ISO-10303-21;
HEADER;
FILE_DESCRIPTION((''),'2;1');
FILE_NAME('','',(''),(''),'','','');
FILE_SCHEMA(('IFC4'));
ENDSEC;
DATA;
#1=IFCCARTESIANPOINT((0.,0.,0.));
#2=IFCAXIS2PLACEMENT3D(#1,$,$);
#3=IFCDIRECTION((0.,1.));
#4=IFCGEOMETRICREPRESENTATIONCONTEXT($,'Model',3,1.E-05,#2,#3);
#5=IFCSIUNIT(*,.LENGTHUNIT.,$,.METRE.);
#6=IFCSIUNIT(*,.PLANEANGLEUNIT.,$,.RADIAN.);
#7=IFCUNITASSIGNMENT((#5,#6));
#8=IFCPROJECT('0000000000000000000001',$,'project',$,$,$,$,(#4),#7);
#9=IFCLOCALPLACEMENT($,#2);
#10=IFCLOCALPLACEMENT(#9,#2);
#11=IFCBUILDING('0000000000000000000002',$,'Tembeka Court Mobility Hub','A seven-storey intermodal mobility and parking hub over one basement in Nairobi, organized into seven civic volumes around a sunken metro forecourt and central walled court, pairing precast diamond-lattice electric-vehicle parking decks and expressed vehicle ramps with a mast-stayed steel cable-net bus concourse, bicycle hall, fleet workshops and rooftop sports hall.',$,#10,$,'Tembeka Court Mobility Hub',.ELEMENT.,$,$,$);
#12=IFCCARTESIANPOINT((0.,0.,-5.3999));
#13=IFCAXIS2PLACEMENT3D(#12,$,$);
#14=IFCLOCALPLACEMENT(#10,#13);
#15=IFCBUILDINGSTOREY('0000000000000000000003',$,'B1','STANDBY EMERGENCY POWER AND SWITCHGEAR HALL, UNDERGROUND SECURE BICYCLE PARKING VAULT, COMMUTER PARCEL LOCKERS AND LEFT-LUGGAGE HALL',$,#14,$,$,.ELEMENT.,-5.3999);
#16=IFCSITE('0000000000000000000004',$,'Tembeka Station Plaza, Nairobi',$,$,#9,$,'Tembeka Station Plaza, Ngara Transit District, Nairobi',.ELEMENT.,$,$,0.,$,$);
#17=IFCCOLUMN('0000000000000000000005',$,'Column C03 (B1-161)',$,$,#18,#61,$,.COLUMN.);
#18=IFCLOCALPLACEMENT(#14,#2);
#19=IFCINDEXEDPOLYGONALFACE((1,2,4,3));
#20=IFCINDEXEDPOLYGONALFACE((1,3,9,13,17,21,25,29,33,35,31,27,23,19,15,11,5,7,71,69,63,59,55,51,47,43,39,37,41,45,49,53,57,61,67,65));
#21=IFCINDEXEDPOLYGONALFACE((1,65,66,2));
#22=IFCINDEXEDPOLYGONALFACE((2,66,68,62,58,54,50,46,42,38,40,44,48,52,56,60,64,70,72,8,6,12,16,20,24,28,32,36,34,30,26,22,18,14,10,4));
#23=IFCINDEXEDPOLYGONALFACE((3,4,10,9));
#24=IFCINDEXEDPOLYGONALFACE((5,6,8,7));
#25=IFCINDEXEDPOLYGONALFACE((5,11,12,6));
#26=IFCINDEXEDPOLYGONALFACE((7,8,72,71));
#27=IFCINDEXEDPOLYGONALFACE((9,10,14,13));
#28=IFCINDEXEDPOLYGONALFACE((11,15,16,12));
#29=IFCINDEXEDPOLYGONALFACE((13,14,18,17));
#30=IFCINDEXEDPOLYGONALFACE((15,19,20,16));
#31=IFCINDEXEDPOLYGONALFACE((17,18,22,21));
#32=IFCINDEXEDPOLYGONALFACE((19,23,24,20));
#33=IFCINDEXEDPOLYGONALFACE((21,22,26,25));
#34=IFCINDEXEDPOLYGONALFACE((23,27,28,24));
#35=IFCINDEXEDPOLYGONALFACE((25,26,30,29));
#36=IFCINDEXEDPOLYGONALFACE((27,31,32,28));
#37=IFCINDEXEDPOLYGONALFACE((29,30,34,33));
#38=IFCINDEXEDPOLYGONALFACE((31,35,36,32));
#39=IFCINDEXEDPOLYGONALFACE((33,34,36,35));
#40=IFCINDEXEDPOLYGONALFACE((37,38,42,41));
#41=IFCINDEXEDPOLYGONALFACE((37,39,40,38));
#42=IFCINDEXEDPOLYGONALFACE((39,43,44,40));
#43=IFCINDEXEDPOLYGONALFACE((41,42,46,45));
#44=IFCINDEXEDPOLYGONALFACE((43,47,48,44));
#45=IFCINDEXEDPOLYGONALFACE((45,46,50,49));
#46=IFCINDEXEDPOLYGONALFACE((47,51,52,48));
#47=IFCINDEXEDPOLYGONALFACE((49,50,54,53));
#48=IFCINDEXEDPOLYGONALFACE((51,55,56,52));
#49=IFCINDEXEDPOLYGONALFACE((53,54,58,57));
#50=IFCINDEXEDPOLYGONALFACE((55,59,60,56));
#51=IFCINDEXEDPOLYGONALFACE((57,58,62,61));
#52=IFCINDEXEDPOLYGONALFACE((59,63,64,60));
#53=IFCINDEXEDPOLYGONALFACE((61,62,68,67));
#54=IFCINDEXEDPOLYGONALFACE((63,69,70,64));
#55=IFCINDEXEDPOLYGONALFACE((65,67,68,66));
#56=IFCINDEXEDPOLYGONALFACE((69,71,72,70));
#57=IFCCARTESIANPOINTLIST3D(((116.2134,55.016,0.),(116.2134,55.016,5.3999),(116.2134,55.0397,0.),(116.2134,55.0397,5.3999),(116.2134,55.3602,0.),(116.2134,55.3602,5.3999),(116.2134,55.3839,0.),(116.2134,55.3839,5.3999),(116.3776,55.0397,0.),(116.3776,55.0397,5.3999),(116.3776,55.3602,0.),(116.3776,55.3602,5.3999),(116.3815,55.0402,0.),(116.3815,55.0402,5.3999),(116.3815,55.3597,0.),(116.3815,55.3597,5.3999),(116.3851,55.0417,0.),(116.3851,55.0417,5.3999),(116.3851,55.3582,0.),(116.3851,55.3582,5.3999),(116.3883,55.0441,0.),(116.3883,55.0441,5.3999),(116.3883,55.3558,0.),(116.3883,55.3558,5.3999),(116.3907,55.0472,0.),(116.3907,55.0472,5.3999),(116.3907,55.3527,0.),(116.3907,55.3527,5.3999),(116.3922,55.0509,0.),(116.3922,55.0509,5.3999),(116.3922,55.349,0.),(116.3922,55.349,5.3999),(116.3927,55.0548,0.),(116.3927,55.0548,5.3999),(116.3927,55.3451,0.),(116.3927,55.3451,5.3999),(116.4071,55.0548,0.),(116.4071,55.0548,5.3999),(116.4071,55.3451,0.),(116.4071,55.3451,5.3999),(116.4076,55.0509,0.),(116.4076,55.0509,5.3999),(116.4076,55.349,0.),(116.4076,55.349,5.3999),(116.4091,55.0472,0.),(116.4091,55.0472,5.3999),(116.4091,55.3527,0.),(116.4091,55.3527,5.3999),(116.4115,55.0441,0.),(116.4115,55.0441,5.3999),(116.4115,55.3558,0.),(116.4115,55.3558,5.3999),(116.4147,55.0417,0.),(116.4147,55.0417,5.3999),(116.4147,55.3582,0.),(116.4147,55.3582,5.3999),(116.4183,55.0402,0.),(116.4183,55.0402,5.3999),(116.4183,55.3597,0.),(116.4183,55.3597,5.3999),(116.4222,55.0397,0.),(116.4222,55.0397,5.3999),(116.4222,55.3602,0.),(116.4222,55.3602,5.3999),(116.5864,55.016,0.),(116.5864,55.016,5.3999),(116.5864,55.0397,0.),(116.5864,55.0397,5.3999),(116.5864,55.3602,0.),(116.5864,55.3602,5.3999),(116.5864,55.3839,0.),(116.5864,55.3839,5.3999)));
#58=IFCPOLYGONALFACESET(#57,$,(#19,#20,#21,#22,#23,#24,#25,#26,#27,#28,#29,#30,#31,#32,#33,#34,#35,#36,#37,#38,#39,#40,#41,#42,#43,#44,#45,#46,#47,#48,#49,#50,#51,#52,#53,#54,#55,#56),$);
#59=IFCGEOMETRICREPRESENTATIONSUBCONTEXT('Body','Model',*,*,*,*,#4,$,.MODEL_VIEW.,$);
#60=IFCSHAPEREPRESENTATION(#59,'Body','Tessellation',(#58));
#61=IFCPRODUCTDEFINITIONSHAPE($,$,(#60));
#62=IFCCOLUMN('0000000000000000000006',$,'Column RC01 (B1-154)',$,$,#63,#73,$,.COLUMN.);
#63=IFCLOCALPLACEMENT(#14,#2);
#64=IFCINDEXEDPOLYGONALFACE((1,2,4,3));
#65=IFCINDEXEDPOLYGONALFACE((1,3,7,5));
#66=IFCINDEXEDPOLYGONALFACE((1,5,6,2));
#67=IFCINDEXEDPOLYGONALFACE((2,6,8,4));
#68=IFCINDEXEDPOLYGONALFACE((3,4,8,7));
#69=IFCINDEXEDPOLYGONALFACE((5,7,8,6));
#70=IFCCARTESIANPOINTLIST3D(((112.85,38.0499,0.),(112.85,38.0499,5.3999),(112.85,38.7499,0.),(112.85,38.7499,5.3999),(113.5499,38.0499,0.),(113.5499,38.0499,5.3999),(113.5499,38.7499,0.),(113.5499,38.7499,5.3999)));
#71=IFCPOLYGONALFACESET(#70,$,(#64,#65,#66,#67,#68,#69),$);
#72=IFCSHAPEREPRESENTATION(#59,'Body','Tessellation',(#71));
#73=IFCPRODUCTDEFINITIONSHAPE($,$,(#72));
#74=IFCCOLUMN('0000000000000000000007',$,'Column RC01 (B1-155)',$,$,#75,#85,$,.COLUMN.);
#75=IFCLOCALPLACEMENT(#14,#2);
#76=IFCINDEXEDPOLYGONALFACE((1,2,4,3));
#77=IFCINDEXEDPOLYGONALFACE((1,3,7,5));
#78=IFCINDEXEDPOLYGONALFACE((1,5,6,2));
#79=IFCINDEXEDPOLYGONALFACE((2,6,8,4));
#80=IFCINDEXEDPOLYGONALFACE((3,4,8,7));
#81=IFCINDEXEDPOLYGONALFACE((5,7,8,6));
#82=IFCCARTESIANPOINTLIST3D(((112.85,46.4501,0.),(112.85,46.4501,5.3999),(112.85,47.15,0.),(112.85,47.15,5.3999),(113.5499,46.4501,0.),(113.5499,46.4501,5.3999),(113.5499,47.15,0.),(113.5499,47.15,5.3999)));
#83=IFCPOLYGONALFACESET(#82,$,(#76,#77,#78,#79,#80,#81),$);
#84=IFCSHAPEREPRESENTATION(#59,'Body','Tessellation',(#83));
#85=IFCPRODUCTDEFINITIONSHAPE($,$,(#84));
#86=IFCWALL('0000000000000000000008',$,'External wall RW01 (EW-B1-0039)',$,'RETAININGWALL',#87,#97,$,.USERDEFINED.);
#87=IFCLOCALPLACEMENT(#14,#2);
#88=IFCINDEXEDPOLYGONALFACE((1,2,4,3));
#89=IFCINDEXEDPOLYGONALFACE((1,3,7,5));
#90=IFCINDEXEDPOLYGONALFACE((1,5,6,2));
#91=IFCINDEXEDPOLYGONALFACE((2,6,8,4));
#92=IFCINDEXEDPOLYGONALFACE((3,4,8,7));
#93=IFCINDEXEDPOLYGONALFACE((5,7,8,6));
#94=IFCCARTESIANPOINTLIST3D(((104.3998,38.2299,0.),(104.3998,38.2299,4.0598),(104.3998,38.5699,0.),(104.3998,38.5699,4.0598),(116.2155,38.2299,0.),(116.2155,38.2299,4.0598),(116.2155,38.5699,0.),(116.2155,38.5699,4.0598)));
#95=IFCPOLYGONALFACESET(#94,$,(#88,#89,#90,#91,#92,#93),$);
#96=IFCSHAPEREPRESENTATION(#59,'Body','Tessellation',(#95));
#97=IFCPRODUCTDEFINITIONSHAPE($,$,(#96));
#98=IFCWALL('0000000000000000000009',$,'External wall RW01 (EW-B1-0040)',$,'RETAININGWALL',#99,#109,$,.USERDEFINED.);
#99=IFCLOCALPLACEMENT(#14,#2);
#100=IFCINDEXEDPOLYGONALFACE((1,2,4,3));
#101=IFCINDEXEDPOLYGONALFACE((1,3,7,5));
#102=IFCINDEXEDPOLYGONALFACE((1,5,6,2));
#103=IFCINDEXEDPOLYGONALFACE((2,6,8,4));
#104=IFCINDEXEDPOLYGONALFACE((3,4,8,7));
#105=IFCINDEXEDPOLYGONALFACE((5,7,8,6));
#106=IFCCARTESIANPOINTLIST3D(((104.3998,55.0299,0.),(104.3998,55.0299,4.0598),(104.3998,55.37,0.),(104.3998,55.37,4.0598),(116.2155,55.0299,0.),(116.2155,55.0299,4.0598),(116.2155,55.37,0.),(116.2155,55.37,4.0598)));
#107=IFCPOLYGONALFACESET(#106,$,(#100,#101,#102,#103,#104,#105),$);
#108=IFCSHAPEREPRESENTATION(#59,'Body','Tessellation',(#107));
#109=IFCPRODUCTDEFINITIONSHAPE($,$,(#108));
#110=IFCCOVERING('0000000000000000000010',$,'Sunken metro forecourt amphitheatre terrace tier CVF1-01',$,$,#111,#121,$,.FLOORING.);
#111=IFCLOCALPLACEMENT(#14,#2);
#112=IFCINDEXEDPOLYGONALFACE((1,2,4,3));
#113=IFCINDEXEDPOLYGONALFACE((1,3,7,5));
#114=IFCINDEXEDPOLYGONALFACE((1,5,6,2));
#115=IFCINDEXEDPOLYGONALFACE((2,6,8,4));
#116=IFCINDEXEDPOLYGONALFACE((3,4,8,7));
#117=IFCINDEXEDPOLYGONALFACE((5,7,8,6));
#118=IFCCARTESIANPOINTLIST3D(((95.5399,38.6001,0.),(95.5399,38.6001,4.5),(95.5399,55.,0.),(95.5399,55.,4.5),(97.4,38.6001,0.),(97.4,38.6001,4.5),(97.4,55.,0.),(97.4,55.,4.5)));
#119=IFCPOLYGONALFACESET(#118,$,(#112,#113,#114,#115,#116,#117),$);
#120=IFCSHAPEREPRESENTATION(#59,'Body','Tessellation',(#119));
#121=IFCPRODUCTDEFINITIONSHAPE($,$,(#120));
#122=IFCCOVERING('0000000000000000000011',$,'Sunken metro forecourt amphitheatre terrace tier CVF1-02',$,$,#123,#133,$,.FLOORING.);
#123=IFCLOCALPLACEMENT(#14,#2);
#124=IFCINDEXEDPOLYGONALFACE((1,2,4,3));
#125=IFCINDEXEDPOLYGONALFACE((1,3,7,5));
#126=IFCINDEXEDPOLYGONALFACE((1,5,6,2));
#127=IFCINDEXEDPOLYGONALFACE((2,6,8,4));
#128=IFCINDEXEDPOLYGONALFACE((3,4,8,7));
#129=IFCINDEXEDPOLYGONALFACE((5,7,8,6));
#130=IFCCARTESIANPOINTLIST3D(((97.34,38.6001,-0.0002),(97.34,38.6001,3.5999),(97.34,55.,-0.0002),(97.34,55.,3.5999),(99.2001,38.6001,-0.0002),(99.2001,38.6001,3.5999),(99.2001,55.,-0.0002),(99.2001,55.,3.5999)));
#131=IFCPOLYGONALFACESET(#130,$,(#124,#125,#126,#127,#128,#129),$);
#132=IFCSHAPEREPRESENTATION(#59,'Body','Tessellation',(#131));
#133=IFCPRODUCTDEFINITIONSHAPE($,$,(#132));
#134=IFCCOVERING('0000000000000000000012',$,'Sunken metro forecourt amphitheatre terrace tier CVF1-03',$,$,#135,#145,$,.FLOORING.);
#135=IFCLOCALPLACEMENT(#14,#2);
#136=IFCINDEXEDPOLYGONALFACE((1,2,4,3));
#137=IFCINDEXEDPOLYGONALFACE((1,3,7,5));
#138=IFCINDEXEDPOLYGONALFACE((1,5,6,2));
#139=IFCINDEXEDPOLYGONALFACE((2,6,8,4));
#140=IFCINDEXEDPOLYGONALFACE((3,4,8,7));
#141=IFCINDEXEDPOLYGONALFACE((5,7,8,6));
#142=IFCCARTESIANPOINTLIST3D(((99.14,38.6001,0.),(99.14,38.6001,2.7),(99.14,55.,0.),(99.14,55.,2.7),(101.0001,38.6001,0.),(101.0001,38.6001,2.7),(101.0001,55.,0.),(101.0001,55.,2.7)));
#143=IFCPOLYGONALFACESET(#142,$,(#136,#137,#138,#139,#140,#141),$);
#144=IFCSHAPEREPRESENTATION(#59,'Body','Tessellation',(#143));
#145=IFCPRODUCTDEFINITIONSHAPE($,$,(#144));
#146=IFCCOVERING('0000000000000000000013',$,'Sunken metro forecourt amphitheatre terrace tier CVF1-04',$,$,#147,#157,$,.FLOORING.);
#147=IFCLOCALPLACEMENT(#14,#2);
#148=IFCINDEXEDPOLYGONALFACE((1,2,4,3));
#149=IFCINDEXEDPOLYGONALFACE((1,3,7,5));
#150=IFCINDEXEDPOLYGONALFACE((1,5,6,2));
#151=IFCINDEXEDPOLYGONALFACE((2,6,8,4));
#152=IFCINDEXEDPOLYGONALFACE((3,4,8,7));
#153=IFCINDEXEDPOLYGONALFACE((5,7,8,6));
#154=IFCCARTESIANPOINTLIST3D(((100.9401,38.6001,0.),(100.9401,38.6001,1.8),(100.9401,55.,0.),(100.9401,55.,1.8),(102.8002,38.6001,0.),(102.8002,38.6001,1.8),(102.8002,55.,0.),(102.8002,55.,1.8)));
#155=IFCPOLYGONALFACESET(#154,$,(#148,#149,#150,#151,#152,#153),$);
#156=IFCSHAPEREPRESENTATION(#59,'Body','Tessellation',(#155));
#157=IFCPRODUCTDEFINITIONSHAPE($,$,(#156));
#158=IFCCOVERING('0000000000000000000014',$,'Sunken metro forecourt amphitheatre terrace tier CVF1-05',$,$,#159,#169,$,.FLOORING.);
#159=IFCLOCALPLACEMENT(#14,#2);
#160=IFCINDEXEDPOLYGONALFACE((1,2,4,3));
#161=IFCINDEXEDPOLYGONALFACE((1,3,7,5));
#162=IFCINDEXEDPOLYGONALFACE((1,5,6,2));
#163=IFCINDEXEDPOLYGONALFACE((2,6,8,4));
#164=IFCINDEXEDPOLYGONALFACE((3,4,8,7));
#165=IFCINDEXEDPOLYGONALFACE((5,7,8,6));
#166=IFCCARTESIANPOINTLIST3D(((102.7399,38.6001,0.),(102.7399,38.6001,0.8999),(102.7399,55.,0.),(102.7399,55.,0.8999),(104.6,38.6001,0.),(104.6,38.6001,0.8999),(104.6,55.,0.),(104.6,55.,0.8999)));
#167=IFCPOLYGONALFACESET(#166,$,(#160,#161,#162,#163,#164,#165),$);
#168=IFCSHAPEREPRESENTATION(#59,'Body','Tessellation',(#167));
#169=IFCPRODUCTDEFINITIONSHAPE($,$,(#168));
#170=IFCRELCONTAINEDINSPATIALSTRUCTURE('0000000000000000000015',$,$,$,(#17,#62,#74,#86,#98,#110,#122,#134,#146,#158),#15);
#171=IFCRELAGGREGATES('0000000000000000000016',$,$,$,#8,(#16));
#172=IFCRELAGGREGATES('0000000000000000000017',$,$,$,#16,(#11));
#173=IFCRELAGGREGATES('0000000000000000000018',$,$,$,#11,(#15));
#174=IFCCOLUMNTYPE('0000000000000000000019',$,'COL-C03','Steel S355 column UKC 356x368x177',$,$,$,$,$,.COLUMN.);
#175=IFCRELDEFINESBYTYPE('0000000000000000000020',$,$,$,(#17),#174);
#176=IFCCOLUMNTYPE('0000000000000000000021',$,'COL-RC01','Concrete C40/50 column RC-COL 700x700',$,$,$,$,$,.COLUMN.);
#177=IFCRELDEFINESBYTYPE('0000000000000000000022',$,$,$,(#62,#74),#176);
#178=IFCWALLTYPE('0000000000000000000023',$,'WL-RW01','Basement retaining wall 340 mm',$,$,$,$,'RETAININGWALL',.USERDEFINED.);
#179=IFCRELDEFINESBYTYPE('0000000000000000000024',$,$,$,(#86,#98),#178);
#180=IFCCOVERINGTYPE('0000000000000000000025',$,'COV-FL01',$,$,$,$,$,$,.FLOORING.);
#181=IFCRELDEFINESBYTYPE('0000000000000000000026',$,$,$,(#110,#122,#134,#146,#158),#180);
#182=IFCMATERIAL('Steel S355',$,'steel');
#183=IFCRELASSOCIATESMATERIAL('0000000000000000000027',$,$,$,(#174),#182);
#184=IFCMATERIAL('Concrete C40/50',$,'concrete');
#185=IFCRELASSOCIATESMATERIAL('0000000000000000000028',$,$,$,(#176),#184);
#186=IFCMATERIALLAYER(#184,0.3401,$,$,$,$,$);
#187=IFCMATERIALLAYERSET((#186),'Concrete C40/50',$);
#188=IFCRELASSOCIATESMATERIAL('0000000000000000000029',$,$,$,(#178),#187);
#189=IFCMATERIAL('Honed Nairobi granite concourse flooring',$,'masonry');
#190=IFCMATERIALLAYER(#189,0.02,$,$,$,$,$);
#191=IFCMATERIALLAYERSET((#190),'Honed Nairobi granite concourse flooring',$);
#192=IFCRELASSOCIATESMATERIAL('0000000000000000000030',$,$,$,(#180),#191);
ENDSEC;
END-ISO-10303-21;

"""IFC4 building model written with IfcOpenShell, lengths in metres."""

from ifc_helpers import new_model, si_unit, direction, frame, frame_2d, origin, origin_2d, place, context, subcontext, project, spatial, rectangle, i_section, extrude, material, layer, layer_set, material_profile, profile_set, type_object, element, save


model = new_model("IFC4")

# Units and contexts
model_context = context("Model", 3, precision=1e-05, world=origin(), true_north=direction((0.0, 1.0)))
body_context = subcontext(model_context, "Body", "Model", "MODEL_VIEW")
ifc_project = project(units=[si_unit("LENGTHUNIT", "METRE"), si_unit("PLANEANGLEUNIT", "RADIAN")], contexts=[model_context])

# Site, building, storey
site_placement = place(None, origin())
site = spatial("IfcSite", under=ifc_project, at=site_placement, Name="Tembeka Station Plaza, Nairobi", LongName="Tembeka Station Plaza, Ngara Transit District, Nairobi", CompositionType="ELEMENT", RefElevation=0.0)
building_placement = place(site_placement, origin())
building = spatial("IfcBuilding", under=site, at=building_placement, Name="Tembeka Court Mobility Hub", Description="A seven-storey intermodal mobility and parking hub over one basement in Nairobi, organized into seven civic volumes around a sunken metro forecourt and central walled court, pairing precast diamond-lattice electric-vehicle parking decks and expressed vehicle ramps with a mast-stayed steel cable-net bus concourse, bicycle hall, fleet workshops and rooftop sports hall.", LongName="Tembeka Court Mobility Hub", CompositionType="ELEMENT")
storey_placement = place(building_placement, frame((0.0, 0.0, -5.3999)))
storey = spatial("IfcBuildingStorey", under=building, at=storey_placement, Name="B1", Description="STANDBY EMERGENCY POWER AND SWITCHGEAR HALL, UNDERGROUND SECURE BICYCLE PARKING VAULT, COMMUTER PARCEL LOCKERS AND LEFT-LUGGAGE HALL", CompositionType="ELEMENT", Elevation=-5.3999)

# Shared definitions
ifc_material_1 = material(Name="Concrete C40/50", Category="concrete")

# Columns
ifc_material_2 = material(Name="Steel S355", Category="steel")
ifc_material_profile_1 = material_profile(ifc_material_2, i_section(OverallWidth=0.373, OverallDepth=0.3679, WebThickness=0.0144, FlangeThickness=0.0237, FilletRadius=0.0151, at=origin_2d()), Name="UKC 356x368x177")
ifc_profile_set_1 = profile_set([ifc_material_profile_1], Name="Steel S355")
column_type_1 = type_object("IfcColumnType", Name="COL-C03", Description="Steel S355 column UKC 356x368x177", PredefinedType="COLUMN", material=ifc_profile_set_1)
for number, where, z_axis, x_axis, name in (
    (1, (116.3999, 55.2, 0.0), (0.0, 0.0, 1.0), (1.0, 0.0, 0.0), "Column C03 (B1-161)"),
):
    element("IfcColumn", number, at=place(storey_placement, frame(where, z_axis=z_axis, x_axis=x_axis)), inside=storey, type_object=column_type_1, Name=name, PredefinedType="COLUMN", context=body_context, shape_type="SweptSolid", body=[
        extrude(i_section(OverallWidth=0.373, OverallDepth=0.3679, WebThickness=0.0144, FlangeThickness=0.0237, FilletRadius=0.0151, at=origin_2d()), origin(), (0.0, 0.0, 1.0), 5.3999),
    ])
ifc_material_profile_2 = material_profile(ifc_material_1, rectangle(XDim=0.7, YDim=0.7, at=origin_2d()), Name="RC-COL 700x700")
ifc_profile_set_2 = profile_set([ifc_material_profile_2], Name="Concrete C40/50")
column_type_2 = type_object("IfcColumnType", Name="COL-RC01", Description="Concrete C40/50 column RC-COL 700x700", PredefinedType="COLUMN", material=ifc_profile_set_2)
for number, where, z_axis, x_axis, name in (
    (2, (113.2, 38.3999, 0.0), (0.0, 0.0, 1.0), (1.0, 0.0, 0.0), "Column RC01 (B1-154)"),
    (3, (113.2, 46.8, 0.0), (0.0, 0.0, 1.0), (1.0, 0.0, 0.0), "Column RC01 (B1-155)"),
):
    element("IfcColumn", number, at=place(storey_placement, frame(where, z_axis=z_axis, x_axis=x_axis)), inside=storey, type_object=column_type_2, Name=name, PredefinedType="COLUMN", context=body_context, shape_type="SweptSolid", body=[
        extrude(rectangle(XDim=0.7, YDim=0.7, at=origin_2d()), origin(), (0.0, 0.0, 1.0), 5.3999),
    ])

# Walls
ifc_layer_1 = layer(ifc_material_1, 0.3401)
ifc_layer_set_1 = layer_set([ifc_layer_1], Name="Concrete C40/50")
wall_type = type_object("IfcWallType", Name="WL-RW01", Description="Basement retaining wall 340 mm", ElementType="RETAININGWALL", PredefinedType="USERDEFINED", material=ifc_layer_set_1)
for number, where, z_axis, x_axis, name in (
    (4, (104.3999, 38.3999, 0.0), (0.0, 0.0, 1.0), (1.0, 0.0, 0.0), "External wall RW01 (EW-B1-0039)"),
    (5, (104.3999, 55.2, 0.0), (0.0, 0.0, 1.0), (1.0, 0.0, 0.0), "External wall RW01 (EW-B1-0040)"),
):
    element("IfcWall", number, at=place(storey_placement, frame(where, z_axis=z_axis, x_axis=x_axis)), inside=storey, type_object=wall_type, Name=name, ObjectType="RETAININGWALL", PredefinedType="USERDEFINED", context=body_context, shape_type="SweptSolid", body=[
        extrude(rectangle(XDim=11.8157, YDim=0.3401, at=frame_2d((5.9077, 0.0))), origin(), (0.0, 0.0, 1.0), 4.0598),
    ])

# Coverings
ifc_material_3 = material(Name="Honed Nairobi granite concourse flooring", Category="masonry")
ifc_layer_2 = layer(ifc_material_3, 0.02)
ifc_layer_set_2 = layer_set([ifc_layer_2], Name="Honed Nairobi granite concourse flooring")
covering_type = type_object("IfcCoveringType", Name="COV-FL01", PredefinedType="FLOORING", material=ifc_layer_set_2)
covering_1_placement = place(storey_placement, frame((96.47, 46.8, 0.0), z_axis=(0.0, 0.0, 1.0), x_axis=(1.0, 0.0, 0.0)))
element("IfcCovering", 6, at=covering_1_placement, inside=storey, type_object=covering_type, Name="Sunken metro forecourt amphitheatre terrace tier CVF1-01", PredefinedType="FLOORING", context=body_context, shape_type="SweptSolid", body=[
    extrude(rectangle(XDim=1.8601, YDim=16.3999, at=origin_2d()), origin(), (0.0, 0.0, 1.0), 4.5),
])
covering_2_placement = place(storey_placement, frame((98.27, 46.8, -0.0002), z_axis=(0.0, 0.0, 1.0), x_axis=(1.0, 0.0, 0.0)))
element("IfcCovering", 7, at=covering_2_placement, inside=storey, type_object=covering_type, Name="Sunken metro forecourt amphitheatre terrace tier CVF1-02", PredefinedType="FLOORING", context=body_context, shape_type="SweptSolid", body=[
    extrude(rectangle(XDim=1.8601, YDim=16.3999, at=origin_2d()), origin(), (0.0, 0.0, 1.0), 3.6001),
])
covering_3_placement = place(storey_placement, frame((100.0701, 46.8, 0.0), z_axis=(0.0, 0.0, 1.0), x_axis=(1.0, 0.0, 0.0)))
element("IfcCovering", 8, at=covering_3_placement, inside=storey, type_object=covering_type, Name="Sunken metro forecourt amphitheatre terrace tier CVF1-03", PredefinedType="FLOORING", context=body_context, shape_type="SweptSolid", body=[
    extrude(rectangle(XDim=1.8601, YDim=16.3999, at=origin_2d()), origin(), (0.0, 0.0, 1.0), 2.7),
])
covering_4_placement = place(storey_placement, frame((101.8701, 46.8, 0.0), z_axis=(0.0, 0.0, 1.0), x_axis=(1.0, 0.0, 0.0)))
element("IfcCovering", 9, at=covering_4_placement, inside=storey, type_object=covering_type, Name="Sunken metro forecourt amphitheatre terrace tier CVF1-04", PredefinedType="FLOORING", context=body_context, shape_type="SweptSolid", body=[
    extrude(rectangle(XDim=1.8601, YDim=16.3999, at=origin_2d()), origin(), (0.0, 0.0, 1.0), 1.8),
])
covering_5_placement = place(storey_placement, frame((103.6699, 46.8, 0.0), z_axis=(0.0, 0.0, 1.0), x_axis=(1.0, 0.0, 0.0)))
element("IfcCovering", 10, at=covering_5_placement, inside=storey, type_object=covering_type, Name="Sunken metro forecourt amphitheatre terrace tier CVF1-05", PredefinedType="FLOORING", context=body_context, shape_type="SweptSolid", body=[
    extrude(rectangle(XDim=1.8601, YDim=16.3999, at=origin_2d()), origin(), (0.0, 0.0, 1.0), 0.8999),
])

save(model, "model.ifc")
